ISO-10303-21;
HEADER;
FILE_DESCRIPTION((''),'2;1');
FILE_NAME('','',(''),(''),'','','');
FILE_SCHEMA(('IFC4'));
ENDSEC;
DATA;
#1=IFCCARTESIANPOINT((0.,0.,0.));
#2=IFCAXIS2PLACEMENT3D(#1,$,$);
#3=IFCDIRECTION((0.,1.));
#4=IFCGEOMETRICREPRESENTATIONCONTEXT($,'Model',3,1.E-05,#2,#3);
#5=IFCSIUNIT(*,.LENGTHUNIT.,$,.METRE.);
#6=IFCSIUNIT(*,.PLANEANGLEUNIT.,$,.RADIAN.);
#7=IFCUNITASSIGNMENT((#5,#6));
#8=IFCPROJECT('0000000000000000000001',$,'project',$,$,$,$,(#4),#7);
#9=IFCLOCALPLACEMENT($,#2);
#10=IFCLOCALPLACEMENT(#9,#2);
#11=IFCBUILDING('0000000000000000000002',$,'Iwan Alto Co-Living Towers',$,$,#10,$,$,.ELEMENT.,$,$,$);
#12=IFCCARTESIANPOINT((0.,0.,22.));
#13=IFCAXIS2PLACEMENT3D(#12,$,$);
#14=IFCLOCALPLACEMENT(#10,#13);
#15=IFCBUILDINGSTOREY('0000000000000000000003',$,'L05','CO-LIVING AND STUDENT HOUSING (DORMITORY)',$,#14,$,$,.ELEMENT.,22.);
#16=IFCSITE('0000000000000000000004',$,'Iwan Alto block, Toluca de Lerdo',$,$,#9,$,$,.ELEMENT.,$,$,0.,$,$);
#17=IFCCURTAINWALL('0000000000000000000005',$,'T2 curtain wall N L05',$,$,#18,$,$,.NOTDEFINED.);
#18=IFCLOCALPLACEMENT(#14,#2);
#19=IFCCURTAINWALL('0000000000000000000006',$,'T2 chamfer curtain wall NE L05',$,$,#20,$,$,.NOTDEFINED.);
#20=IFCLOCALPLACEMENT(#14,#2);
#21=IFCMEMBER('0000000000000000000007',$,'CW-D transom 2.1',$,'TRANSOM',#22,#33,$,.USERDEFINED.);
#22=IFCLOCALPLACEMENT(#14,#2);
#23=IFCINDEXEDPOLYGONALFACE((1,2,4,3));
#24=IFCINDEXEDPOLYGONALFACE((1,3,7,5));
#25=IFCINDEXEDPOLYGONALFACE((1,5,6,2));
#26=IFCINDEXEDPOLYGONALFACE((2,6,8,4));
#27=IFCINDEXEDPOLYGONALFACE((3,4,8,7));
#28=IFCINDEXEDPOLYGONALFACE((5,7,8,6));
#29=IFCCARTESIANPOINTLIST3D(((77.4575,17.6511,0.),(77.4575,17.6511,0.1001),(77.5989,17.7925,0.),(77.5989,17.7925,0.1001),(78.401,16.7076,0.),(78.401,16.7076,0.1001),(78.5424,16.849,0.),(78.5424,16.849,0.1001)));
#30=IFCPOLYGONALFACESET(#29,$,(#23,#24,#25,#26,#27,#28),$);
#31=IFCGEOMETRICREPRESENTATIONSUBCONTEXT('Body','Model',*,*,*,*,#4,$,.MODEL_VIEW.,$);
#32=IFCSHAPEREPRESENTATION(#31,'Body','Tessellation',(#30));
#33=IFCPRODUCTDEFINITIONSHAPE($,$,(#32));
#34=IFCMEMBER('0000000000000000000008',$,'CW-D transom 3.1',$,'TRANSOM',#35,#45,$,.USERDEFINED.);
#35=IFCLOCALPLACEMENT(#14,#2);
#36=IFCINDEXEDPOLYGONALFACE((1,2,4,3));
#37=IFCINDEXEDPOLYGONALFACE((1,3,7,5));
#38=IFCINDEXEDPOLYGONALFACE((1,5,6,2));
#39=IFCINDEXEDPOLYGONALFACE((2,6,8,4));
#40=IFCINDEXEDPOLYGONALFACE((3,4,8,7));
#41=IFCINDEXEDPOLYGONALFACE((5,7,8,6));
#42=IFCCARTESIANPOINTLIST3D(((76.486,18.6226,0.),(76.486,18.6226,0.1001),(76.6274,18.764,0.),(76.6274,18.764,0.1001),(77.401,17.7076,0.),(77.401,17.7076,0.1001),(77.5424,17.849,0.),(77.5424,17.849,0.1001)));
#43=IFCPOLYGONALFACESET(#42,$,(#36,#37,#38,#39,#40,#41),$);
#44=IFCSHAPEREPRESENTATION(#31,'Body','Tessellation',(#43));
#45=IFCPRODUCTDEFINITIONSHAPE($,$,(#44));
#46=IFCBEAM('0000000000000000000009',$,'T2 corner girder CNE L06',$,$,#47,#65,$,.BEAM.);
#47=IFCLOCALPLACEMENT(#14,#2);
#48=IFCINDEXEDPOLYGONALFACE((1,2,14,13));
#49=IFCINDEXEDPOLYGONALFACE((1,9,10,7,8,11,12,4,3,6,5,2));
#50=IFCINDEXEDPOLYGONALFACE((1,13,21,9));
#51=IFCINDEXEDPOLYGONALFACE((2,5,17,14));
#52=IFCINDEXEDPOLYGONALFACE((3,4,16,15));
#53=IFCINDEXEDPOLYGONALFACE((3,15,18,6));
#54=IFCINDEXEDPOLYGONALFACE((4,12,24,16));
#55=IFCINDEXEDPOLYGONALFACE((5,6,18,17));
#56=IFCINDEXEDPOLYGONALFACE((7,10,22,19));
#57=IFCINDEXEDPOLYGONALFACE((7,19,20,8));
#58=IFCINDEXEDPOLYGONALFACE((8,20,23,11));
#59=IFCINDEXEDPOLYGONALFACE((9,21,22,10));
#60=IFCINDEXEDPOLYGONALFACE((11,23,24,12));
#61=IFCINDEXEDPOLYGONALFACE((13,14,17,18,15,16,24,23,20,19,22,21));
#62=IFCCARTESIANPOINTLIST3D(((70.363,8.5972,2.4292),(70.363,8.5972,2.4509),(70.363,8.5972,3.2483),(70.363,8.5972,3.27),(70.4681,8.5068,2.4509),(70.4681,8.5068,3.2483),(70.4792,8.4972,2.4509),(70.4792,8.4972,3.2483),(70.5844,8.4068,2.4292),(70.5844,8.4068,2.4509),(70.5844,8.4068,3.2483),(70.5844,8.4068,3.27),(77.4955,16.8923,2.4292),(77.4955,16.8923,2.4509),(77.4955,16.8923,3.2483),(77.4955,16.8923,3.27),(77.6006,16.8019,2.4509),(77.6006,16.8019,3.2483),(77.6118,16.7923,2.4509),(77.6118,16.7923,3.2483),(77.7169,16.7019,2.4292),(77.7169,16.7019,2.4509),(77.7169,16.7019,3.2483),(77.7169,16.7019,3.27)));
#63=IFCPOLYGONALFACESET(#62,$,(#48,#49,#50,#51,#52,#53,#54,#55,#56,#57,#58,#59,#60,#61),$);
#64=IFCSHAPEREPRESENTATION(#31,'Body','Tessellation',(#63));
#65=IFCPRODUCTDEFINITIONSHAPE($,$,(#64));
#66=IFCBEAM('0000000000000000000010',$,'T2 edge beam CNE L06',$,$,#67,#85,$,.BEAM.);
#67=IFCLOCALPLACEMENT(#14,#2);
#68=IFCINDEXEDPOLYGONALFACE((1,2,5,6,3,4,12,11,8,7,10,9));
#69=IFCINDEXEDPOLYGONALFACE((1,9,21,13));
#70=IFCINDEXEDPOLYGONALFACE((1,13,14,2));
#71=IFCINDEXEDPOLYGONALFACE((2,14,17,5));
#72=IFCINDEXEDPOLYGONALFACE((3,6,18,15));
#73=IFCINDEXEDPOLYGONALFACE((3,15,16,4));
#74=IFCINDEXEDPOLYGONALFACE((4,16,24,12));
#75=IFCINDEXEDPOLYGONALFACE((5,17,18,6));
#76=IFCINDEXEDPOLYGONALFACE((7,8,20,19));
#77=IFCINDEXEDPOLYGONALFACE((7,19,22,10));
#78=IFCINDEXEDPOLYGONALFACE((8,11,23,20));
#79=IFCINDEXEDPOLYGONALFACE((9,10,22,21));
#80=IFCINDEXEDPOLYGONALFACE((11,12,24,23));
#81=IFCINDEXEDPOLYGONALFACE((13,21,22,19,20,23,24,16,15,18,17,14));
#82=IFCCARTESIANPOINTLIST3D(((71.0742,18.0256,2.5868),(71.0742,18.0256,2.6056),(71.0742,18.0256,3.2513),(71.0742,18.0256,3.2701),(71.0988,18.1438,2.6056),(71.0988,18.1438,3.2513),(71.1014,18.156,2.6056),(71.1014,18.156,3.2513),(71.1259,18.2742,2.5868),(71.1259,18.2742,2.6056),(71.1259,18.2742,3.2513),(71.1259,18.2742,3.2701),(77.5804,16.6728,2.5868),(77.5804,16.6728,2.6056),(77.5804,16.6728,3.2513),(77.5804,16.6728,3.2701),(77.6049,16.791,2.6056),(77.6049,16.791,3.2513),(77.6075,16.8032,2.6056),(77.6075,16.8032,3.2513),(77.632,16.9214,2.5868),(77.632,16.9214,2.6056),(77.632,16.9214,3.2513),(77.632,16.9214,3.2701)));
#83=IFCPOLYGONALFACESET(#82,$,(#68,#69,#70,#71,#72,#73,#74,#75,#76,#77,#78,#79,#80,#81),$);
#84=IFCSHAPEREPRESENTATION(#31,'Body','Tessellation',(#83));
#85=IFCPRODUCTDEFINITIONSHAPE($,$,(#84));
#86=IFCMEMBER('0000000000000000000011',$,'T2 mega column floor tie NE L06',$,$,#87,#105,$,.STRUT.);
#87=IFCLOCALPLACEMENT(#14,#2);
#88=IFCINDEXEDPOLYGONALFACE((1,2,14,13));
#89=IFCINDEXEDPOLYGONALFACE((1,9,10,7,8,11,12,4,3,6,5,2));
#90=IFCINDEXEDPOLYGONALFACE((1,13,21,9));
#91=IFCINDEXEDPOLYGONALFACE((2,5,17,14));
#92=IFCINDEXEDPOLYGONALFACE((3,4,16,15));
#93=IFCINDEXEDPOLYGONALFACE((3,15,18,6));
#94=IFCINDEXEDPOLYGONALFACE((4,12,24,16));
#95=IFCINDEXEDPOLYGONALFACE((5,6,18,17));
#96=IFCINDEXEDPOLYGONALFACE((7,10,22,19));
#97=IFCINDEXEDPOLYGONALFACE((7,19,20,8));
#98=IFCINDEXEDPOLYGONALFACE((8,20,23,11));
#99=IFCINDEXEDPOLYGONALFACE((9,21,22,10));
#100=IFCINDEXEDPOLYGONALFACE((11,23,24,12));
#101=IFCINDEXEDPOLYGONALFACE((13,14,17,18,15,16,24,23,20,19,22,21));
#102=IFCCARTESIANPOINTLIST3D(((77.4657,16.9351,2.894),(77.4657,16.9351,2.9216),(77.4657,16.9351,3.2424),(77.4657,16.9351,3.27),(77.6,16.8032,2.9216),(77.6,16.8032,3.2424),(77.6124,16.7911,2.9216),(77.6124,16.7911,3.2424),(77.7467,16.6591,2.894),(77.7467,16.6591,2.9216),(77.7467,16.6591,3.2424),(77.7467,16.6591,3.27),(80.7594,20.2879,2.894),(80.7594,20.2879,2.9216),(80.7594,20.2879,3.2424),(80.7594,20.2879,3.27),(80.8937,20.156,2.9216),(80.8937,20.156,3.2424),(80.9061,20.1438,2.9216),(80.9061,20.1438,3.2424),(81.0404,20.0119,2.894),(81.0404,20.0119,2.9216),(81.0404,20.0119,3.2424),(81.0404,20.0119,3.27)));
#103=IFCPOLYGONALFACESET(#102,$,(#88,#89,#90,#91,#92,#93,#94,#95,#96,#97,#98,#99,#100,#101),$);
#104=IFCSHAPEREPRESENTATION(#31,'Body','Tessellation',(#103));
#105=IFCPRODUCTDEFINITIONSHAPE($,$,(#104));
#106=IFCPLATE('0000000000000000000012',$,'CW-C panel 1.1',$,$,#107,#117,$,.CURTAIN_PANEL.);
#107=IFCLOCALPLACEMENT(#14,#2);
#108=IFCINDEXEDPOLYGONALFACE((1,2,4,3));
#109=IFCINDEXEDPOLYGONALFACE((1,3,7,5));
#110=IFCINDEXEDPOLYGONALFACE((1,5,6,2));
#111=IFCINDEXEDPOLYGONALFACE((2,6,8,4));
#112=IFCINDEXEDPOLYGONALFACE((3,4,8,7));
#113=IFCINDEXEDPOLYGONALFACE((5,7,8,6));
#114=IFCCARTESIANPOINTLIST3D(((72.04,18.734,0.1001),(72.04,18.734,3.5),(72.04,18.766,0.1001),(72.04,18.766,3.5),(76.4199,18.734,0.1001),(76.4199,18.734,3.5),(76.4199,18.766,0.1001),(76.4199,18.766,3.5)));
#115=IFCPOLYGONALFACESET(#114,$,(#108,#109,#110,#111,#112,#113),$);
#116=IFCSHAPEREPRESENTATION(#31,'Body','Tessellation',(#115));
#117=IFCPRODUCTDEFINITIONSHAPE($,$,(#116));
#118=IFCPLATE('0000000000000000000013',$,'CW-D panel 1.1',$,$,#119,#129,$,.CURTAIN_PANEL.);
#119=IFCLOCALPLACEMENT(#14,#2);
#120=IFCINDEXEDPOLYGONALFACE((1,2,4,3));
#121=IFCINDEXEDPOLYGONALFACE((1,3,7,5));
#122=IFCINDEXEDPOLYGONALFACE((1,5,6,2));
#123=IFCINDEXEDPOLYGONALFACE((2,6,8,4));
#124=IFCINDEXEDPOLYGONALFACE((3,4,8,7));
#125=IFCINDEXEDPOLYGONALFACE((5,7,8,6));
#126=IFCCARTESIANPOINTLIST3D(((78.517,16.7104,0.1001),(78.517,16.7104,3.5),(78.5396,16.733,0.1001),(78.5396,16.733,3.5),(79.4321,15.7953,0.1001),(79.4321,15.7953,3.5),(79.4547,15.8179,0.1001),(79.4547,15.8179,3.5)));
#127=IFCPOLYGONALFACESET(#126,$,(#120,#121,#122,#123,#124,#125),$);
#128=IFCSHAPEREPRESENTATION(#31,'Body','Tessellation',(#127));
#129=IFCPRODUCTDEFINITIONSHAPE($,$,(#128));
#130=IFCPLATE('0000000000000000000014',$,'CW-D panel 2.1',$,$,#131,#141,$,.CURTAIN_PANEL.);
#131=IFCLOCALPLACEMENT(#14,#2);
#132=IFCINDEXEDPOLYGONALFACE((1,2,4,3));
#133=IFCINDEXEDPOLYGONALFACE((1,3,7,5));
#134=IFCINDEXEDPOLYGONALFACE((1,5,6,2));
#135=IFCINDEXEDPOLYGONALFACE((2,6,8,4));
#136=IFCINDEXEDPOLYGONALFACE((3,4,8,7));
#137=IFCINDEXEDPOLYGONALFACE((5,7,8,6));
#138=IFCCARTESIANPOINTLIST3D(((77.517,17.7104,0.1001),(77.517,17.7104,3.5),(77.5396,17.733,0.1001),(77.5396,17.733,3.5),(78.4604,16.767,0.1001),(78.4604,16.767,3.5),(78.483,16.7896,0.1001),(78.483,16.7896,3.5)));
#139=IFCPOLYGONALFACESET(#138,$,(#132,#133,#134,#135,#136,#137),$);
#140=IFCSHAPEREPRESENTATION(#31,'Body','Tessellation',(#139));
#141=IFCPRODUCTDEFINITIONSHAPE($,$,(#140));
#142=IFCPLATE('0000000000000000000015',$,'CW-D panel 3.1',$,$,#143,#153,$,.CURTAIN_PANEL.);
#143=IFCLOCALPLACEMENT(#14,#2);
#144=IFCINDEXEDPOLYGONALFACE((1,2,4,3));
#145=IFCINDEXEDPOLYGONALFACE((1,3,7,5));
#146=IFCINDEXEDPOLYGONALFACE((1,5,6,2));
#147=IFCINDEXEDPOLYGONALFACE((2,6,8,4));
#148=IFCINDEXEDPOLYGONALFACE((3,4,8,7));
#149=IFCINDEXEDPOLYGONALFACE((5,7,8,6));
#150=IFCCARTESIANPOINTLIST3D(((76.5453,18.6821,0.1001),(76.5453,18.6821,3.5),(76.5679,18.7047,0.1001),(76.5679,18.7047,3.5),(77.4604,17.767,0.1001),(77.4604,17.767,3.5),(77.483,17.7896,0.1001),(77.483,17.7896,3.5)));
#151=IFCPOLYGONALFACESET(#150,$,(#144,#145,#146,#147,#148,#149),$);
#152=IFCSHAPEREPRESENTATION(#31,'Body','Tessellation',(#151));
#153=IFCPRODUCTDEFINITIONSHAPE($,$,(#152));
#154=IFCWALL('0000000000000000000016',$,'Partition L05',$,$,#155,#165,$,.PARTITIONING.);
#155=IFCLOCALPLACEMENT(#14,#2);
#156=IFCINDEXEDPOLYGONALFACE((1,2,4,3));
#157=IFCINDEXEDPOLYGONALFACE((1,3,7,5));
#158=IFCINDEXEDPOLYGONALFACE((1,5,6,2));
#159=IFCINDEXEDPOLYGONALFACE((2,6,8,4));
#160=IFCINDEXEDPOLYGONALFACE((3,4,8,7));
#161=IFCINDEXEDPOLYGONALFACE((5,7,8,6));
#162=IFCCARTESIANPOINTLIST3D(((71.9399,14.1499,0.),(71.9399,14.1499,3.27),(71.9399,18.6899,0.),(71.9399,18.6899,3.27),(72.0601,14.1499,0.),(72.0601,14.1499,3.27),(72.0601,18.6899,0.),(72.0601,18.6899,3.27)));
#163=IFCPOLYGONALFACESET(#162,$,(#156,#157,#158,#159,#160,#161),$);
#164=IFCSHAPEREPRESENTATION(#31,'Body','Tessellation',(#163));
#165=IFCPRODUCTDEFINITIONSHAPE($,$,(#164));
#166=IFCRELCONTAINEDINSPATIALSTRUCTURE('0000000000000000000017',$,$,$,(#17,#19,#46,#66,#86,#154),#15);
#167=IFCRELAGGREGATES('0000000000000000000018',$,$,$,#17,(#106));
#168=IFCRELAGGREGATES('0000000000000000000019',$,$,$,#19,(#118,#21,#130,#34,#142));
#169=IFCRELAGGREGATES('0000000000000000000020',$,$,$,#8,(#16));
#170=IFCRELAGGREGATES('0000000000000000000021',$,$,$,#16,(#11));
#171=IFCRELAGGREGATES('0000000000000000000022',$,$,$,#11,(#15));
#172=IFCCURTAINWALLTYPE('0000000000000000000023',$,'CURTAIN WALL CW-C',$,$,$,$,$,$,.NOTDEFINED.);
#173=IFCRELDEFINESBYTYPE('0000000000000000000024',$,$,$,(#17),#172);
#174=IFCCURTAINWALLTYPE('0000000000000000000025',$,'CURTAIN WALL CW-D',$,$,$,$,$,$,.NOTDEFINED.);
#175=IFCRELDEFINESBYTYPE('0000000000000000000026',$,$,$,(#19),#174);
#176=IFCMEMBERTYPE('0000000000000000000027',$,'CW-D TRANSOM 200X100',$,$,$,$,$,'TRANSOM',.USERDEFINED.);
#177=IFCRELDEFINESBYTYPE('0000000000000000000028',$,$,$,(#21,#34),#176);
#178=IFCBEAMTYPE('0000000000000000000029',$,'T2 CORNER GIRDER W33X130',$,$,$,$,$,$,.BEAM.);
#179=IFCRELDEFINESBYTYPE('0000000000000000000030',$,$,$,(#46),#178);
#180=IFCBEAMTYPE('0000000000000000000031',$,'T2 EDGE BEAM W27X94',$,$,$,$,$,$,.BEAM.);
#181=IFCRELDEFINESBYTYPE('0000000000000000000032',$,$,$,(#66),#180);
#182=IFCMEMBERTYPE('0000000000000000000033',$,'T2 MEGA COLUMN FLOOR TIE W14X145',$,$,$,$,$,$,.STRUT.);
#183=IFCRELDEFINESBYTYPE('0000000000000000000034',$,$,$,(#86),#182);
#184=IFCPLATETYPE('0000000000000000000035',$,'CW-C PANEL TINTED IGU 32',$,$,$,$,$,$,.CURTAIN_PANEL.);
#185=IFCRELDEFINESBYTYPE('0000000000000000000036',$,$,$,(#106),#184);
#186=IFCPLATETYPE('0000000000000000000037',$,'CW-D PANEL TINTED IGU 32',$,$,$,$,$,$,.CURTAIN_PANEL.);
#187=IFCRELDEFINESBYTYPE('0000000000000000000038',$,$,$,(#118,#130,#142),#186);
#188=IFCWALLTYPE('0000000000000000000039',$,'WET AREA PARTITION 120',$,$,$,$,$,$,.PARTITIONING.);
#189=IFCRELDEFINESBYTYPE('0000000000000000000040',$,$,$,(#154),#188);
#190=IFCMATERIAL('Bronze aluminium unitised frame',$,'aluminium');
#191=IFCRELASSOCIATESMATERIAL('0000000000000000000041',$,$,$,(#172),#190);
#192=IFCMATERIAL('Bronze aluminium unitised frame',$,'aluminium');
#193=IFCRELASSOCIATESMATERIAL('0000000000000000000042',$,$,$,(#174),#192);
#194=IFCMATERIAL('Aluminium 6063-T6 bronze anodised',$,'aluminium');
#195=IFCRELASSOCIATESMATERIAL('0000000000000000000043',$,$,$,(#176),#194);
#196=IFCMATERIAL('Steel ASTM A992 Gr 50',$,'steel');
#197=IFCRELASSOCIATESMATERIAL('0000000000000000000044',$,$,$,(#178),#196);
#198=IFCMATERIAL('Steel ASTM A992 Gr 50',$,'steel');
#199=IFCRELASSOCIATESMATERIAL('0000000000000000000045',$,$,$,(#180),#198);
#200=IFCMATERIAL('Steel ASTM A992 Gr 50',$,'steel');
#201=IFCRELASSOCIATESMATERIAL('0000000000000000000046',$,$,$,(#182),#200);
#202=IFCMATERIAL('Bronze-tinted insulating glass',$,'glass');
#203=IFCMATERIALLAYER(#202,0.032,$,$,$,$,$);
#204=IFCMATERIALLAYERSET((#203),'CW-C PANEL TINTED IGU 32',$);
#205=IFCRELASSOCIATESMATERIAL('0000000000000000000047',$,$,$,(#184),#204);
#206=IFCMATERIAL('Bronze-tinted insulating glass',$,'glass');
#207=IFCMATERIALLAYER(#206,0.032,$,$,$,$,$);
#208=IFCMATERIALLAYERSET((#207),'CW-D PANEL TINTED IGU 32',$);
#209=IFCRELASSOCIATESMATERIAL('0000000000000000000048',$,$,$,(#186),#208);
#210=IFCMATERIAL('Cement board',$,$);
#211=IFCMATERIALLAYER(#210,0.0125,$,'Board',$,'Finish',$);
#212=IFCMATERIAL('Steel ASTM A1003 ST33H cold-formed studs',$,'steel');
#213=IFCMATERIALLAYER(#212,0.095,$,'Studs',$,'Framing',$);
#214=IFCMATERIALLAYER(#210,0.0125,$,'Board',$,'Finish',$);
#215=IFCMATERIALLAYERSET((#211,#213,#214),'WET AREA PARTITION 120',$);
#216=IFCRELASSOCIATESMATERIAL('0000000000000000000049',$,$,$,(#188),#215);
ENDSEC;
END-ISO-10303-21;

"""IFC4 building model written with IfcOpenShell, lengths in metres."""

from ifc_helpers import new_model, si_unit, direction, frame, frame_2d, origin, origin_2d, place, context, subcontext, project, spatial, rectangle, i_section, extrude, material, layer, layer_set, material_profile, profile_set, type_object, element, aggregate, save


model = new_model("IFC4")

# Units and contexts
model_context = context("Model", 3, precision=1e-05, world=origin(), true_north=direction((0.0, 1.0)))
body_context = subcontext(model_context, "Body", "Model", "MODEL_VIEW")
ifc_project = project(units=[si_unit("LENGTHUNIT", "METRE"), si_unit("PLANEANGLEUNIT", "RADIAN")], contexts=[model_context])

# Site, building, storey
site_placement = place(None, origin())
site = spatial("IfcSite", under=ifc_project, at=site_placement, Name="Iwan Alto block, Toluca de Lerdo", CompositionType="ELEMENT", RefElevation=0.0)
building_placement = place(site_placement, origin())
building = spatial("IfcBuilding", under=site, at=building_placement, Name="Iwan Alto Co-Living Towers", CompositionType="ELEMENT")
storey_placement = place(building_placement, frame((0.0, 0.0, 22.0)))
storey = spatial("IfcBuildingStorey", under=building, at=storey_placement, Name="L05", Description="CO-LIVING AND STUDENT HOUSING (DORMITORY)", CompositionType="ELEMENT", Elevation=22.0)

# Shared definitions
ifc_material_1 = material(Name="Bronze aluminium unitised frame", Category="aluminium")
curtain_wall_type_1 = type_object("IfcCurtainWallType", Name="CURTAIN WALL CW-C", PredefinedType="NOTDEFINED", material=ifc_material_1)

# Curtain walls, members
curtain_wall_1_placement = place(storey_placement, origin())
curtain_wall_1 = element("IfcCurtainWall", 1, at=curtain_wall_1_placement, inside=storey, type_object=curtain_wall_type_1, Name="T2 curtain wall N L05", PredefinedType="NOTDEFINED")
ifc_material_2 = material(Name="Bronze aluminium unitised frame", Category="aluminium")
curtain_wall_type_2 = type_object("IfcCurtainWallType", Name="CURTAIN WALL CW-D", PredefinedType="NOTDEFINED", material=ifc_material_2)
curtain_wall_2_placement = place(storey_placement, origin())
curtain_wall_2 = element("IfcCurtainWall", 2, at=curtain_wall_2_placement, inside=storey, type_object=curtain_wall_type_2, Name="T2 chamfer curtain wall NE L05", PredefinedType="NOTDEFINED")
ifc_material_3 = material(Name="Aluminium 6063-T6 bronze anodised", Category="aluminium")
ifc_material_profile_1 = material_profile(ifc_material_3, rectangle(XDim=0.2, YDim=0.1001, at=origin_2d()), Name="AL 200X100")
ifc_profile_set_1 = profile_set([ifc_material_profile_1], Name="Aluminium 6063-T6 bronze anodised")
member_type_1 = type_object("IfcMemberType", Name="CW-D TRANSOM 200X100", ElementType="TRANSOM", PredefinedType="USERDEFINED", material=ifc_profile_set_1)
member_1_placement = place(storey_placement, frame((78.4717, 16.7783, 0.05), z_axis=(-0.707107, 0.707107, 0.0), x_axis=(-0.707107, -0.707107, 0.0)))
member_1 = element("IfcMember", 3, at=member_1_placement, type_object=member_type_1, Name="CW-D transom 2.1", ObjectType="TRANSOM", PredefinedType="USERDEFINED", context=body_context, shape_type="SweptSolid", body=[
    extrude(rectangle(XDim=0.2, YDim=0.1001, at=origin_2d()), origin(), (0.0, 0.0, 1.0), 1.3342),
])
member_2_placement = place(storey_placement, frame((77.4717, 17.7783, 0.05), z_axis=(-0.707107, 0.707107, 0.0), x_axis=(-0.707107, -0.707107, 0.0)))
member_2 = element("IfcMember", 4, at=member_2_placement, type_object=member_type_1, Name="CW-D transom 3.1", ObjectType="TRANSOM", PredefinedType="USERDEFINED", context=body_context, shape_type="SweptSolid", body=[
    extrude(rectangle(XDim=0.2, YDim=0.1001, at=origin_2d()), origin(), (0.0, 0.0, 1.0), 1.2939),
])

# Beams
ifc_material_4 = material(Name="Steel ASTM A992 Gr 50", Category="steel")
ifc_material_profile_2 = material_profile(ifc_material_4, i_section(OverallWidth=0.292, OverallDepth=0.8408, WebThickness=0.0146, FlangeThickness=0.0217, at=origin_2d()), Name="W33X130")
ifc_profile_set_2 = profile_set([ifc_material_profile_2], Name="Steel ASTM A992 Gr 50")
beam_type_1 = type_object("IfcBeamType", Name="T2 CORNER GIRDER W33X130", PredefinedType="BEAM", material=ifc_profile_set_2)
beam_1_placement = place(storey_placement, frame((77.6062, 16.7971, 2.8496), z_axis=(-0.651972, -0.758243, 0.0), x_axis=(0.758243, -0.651972, 0.0)))
element("IfcBeam", 5, at=beam_1_placement, inside=storey, type_object=beam_type_1, Name="T2 corner girder CNE L06", PredefinedType="BEAM", context=body_context, shape_type="SweptSolid", body=[
    extrude(i_section(OverallWidth=0.292, OverallDepth=0.8408, WebThickness=0.0146, FlangeThickness=0.0217, at=origin_2d()), origin(), (0.0, 0.0, 1.0), 10.9399),
])
ifc_material_5 = material(Name="Steel ASTM A992 Gr 50", Category="steel")
ifc_material_profile_3 = material_profile(ifc_material_5, i_section(OverallWidth=0.2539, OverallDepth=0.6833, WebThickness=0.0125, FlangeThickness=0.0188, at=origin_2d()), Name="W27X94")
ifc_profile_set_3 = profile_set([ifc_material_profile_3], Name="Steel ASTM A992 Gr 50")
beam_type_2 = type_object("IfcBeamType", Name="T2 EDGE BEAM W27X94", PredefinedType="BEAM", material=ifc_profile_set_3)
beam_2_placement = place(storey_placement, frame((77.6062, 16.7971, 2.9285), z_axis=(-0.97906, 0.203571, 0.0), x_axis=(-0.203571, -0.97906, 0.0)))
element("IfcBeam", 6, at=beam_2_placement, inside=storey, type_object=beam_type_2, Name="T2 edge beam CNE L06", PredefinedType="BEAM", context=body_context, shape_type="SweptSolid", body=[
    extrude(i_section(OverallWidth=0.2539, OverallDepth=0.6833, WebThickness=0.0125, FlangeThickness=0.0188, at=origin_2d()), origin(), (0.0, 0.0, 1.0), 6.6453),
])

# Member
ifc_material_6 = material(Name="Steel ASTM A992 Gr 50", Category="steel")
ifc_material_profile_4 = material_profile(ifc_material_6, i_section(OverallWidth=0.3938, OverallDepth=0.376, WebThickness=0.0173, FlangeThickness=0.0276, at=origin_2d()), Name="W14X145")
ifc_profile_set_4 = profile_set([ifc_material_profile_4], Name="Steel ASTM A992 Gr 50")
member_type_2 = type_object("IfcMemberType", Name="T2 MEGA COLUMN FLOOR TIE W14X145", PredefinedType="STRUT", material=ifc_profile_set_4)
member_3_placement = place(storey_placement, frame((80.8999, 20.1499, 3.082), z_axis=(-0.700793, -0.713364, 0.0), x_axis=(0.713364, -0.700793, 0.0)))
element("IfcMember", 7, at=member_3_placement, inside=storey, type_object=member_type_2, Name="T2 mega column floor tie NE L06", PredefinedType="STRUT", context=body_context, shape_type="SweptSolid", body=[
    extrude(i_section(OverallWidth=0.3938, OverallDepth=0.376, WebThickness=0.0173, FlangeThickness=0.0276, at=origin_2d()), origin(), (0.0, 0.0, 1.0), 4.7),
])

# Plates
ifc_material_7 = material(Name="Bronze-tinted insulating glass", Category="glass")
ifc_layer_1 = layer(ifc_material_7, 0.032)
ifc_layer_set_1 = layer_set([ifc_layer_1], Name="CW-C PANEL TINTED IGU 32")
plate_type_1 = type_object("IfcPlateType", Name="CW-C PANEL TINTED IGU 32", PredefinedType="CURTAIN_PANEL", material=ifc_layer_set_1)
plate_1_placement = place(storey_placement, frame((74.23, 18.75, 0.1001), z_axis=(0.0, 0.0, 1.0), x_axis=(-1.0, 0.0, 0.0)))
plate_1 = element("IfcPlate", 8, at=plate_1_placement, type_object=plate_type_1, Name="CW-C panel 1.1", PredefinedType="CURTAIN_PANEL", context=body_context, shape_type="SweptSolid", body=[
    extrude(rectangle(XDim=4.3799, YDim=0.032, at=origin_2d()), origin(), (0.0, 0.0, 1.0), 3.3999),
])
aggregate(curtain_wall_1, [plate_1])
ifc_material_8 = material(Name="Bronze-tinted insulating glass", Category="glass")
ifc_layer_2 = layer(ifc_material_8, 0.032)
ifc_layer_set_2 = layer_set([ifc_layer_2], Name="CW-D PANEL TINTED IGU 32")
plate_type_2 = type_object("IfcPlateType", Name="CW-D PANEL TINTED IGU 32", PredefinedType="CURTAIN_PANEL", material=ifc_layer_set_2)
plate_2_placement = place(storey_placement, frame((78.9858, 16.2642, 0.1001), z_axis=(0.0, 0.0, 1.0), x_axis=(-0.707107, 0.707107, 0.0)))
plate_2 = element("IfcPlate", 9, at=plate_2_placement, type_object=plate_type_2, Name="CW-D panel 1.1", PredefinedType="CURTAIN_PANEL", context=body_context, shape_type="SweptSolid", body=[
    extrude(rectangle(XDim=1.2942, YDim=0.032, at=origin_2d()), origin(), (0.0, 0.0, 1.0), 3.3999),
])
plate_3_placement = place(storey_placement, frame((78.0, 17.25, 0.1001), z_axis=(0.0, 0.0, 1.0), x_axis=(-0.707107, 0.707107, 0.0)))
plate_3 = element("IfcPlate", 10, at=plate_3_placement, type_object=plate_type_2, Name="CW-D panel 2.1", PredefinedType="CURTAIN_PANEL", context=body_context, shape_type="SweptSolid", body=[
    extrude(rectangle(XDim=1.3342, YDim=0.032, at=origin_2d()), origin(), (0.0, 0.0, 1.0), 3.3999),
])
plate_4_placement = place(storey_placement, frame((77.0142, 18.2358, 0.1001), z_axis=(0.0, 0.0, 1.0), x_axis=(-0.707107, 0.707107, 0.0)))
plate_4 = element("IfcPlate", 11, at=plate_4_placement, type_object=plate_type_2, Name="CW-D panel 3.1", PredefinedType="CURTAIN_PANEL", context=body_context, shape_type="SweptSolid", body=[
    extrude(rectangle(XDim=1.2942, YDim=0.032, at=origin_2d()), origin(), (0.0, 0.0, 1.0), 3.3999),
])
aggregate(curtain_wall_2, [plate_2, member_1, plate_3, member_2, plate_4])

# Wall
ifc_material_9 = material(Name="Cement board")
ifc_layer_3 = layer(ifc_material_9, 0.0125, Name="Board", Category="Finish")
ifc_material_10 = material(Name="Steel ASTM A1003 ST33H cold-formed studs", Category="steel")
ifc_layer_4 = layer(ifc_material_10, 0.095, Name="Studs", Category="Framing")
ifc_layer_5 = layer(ifc_material_9, 0.0125, Name="Board", Category="Finish")
ifc_layer_set_3 = layer_set([ifc_layer_3, ifc_layer_4, ifc_layer_5], Name="WET AREA PARTITION 120")
wall_type = type_object("IfcWallType", Name="WET AREA PARTITION 120", PredefinedType="PARTITIONING", material=ifc_layer_set_3)
wall_placement = place(storey_placement, frame((72.0, 14.1499, 0.0), z_axis=(0.0, 0.0, 1.0), x_axis=(0.0, 1.0, 0.0)))
element("IfcWall", 12, at=wall_placement, inside=storey, type_object=wall_type, Name="Partition L05", PredefinedType="PARTITIONING", context=body_context, shape_type="SweptSolid", body=[
    extrude(rectangle(XDim=4.54, YDim=0.1201, at=frame_2d((2.27, 0.0))), origin(), (0.0, 0.0, 1.0), 3.27),
])

save(model, "model.ifc")
